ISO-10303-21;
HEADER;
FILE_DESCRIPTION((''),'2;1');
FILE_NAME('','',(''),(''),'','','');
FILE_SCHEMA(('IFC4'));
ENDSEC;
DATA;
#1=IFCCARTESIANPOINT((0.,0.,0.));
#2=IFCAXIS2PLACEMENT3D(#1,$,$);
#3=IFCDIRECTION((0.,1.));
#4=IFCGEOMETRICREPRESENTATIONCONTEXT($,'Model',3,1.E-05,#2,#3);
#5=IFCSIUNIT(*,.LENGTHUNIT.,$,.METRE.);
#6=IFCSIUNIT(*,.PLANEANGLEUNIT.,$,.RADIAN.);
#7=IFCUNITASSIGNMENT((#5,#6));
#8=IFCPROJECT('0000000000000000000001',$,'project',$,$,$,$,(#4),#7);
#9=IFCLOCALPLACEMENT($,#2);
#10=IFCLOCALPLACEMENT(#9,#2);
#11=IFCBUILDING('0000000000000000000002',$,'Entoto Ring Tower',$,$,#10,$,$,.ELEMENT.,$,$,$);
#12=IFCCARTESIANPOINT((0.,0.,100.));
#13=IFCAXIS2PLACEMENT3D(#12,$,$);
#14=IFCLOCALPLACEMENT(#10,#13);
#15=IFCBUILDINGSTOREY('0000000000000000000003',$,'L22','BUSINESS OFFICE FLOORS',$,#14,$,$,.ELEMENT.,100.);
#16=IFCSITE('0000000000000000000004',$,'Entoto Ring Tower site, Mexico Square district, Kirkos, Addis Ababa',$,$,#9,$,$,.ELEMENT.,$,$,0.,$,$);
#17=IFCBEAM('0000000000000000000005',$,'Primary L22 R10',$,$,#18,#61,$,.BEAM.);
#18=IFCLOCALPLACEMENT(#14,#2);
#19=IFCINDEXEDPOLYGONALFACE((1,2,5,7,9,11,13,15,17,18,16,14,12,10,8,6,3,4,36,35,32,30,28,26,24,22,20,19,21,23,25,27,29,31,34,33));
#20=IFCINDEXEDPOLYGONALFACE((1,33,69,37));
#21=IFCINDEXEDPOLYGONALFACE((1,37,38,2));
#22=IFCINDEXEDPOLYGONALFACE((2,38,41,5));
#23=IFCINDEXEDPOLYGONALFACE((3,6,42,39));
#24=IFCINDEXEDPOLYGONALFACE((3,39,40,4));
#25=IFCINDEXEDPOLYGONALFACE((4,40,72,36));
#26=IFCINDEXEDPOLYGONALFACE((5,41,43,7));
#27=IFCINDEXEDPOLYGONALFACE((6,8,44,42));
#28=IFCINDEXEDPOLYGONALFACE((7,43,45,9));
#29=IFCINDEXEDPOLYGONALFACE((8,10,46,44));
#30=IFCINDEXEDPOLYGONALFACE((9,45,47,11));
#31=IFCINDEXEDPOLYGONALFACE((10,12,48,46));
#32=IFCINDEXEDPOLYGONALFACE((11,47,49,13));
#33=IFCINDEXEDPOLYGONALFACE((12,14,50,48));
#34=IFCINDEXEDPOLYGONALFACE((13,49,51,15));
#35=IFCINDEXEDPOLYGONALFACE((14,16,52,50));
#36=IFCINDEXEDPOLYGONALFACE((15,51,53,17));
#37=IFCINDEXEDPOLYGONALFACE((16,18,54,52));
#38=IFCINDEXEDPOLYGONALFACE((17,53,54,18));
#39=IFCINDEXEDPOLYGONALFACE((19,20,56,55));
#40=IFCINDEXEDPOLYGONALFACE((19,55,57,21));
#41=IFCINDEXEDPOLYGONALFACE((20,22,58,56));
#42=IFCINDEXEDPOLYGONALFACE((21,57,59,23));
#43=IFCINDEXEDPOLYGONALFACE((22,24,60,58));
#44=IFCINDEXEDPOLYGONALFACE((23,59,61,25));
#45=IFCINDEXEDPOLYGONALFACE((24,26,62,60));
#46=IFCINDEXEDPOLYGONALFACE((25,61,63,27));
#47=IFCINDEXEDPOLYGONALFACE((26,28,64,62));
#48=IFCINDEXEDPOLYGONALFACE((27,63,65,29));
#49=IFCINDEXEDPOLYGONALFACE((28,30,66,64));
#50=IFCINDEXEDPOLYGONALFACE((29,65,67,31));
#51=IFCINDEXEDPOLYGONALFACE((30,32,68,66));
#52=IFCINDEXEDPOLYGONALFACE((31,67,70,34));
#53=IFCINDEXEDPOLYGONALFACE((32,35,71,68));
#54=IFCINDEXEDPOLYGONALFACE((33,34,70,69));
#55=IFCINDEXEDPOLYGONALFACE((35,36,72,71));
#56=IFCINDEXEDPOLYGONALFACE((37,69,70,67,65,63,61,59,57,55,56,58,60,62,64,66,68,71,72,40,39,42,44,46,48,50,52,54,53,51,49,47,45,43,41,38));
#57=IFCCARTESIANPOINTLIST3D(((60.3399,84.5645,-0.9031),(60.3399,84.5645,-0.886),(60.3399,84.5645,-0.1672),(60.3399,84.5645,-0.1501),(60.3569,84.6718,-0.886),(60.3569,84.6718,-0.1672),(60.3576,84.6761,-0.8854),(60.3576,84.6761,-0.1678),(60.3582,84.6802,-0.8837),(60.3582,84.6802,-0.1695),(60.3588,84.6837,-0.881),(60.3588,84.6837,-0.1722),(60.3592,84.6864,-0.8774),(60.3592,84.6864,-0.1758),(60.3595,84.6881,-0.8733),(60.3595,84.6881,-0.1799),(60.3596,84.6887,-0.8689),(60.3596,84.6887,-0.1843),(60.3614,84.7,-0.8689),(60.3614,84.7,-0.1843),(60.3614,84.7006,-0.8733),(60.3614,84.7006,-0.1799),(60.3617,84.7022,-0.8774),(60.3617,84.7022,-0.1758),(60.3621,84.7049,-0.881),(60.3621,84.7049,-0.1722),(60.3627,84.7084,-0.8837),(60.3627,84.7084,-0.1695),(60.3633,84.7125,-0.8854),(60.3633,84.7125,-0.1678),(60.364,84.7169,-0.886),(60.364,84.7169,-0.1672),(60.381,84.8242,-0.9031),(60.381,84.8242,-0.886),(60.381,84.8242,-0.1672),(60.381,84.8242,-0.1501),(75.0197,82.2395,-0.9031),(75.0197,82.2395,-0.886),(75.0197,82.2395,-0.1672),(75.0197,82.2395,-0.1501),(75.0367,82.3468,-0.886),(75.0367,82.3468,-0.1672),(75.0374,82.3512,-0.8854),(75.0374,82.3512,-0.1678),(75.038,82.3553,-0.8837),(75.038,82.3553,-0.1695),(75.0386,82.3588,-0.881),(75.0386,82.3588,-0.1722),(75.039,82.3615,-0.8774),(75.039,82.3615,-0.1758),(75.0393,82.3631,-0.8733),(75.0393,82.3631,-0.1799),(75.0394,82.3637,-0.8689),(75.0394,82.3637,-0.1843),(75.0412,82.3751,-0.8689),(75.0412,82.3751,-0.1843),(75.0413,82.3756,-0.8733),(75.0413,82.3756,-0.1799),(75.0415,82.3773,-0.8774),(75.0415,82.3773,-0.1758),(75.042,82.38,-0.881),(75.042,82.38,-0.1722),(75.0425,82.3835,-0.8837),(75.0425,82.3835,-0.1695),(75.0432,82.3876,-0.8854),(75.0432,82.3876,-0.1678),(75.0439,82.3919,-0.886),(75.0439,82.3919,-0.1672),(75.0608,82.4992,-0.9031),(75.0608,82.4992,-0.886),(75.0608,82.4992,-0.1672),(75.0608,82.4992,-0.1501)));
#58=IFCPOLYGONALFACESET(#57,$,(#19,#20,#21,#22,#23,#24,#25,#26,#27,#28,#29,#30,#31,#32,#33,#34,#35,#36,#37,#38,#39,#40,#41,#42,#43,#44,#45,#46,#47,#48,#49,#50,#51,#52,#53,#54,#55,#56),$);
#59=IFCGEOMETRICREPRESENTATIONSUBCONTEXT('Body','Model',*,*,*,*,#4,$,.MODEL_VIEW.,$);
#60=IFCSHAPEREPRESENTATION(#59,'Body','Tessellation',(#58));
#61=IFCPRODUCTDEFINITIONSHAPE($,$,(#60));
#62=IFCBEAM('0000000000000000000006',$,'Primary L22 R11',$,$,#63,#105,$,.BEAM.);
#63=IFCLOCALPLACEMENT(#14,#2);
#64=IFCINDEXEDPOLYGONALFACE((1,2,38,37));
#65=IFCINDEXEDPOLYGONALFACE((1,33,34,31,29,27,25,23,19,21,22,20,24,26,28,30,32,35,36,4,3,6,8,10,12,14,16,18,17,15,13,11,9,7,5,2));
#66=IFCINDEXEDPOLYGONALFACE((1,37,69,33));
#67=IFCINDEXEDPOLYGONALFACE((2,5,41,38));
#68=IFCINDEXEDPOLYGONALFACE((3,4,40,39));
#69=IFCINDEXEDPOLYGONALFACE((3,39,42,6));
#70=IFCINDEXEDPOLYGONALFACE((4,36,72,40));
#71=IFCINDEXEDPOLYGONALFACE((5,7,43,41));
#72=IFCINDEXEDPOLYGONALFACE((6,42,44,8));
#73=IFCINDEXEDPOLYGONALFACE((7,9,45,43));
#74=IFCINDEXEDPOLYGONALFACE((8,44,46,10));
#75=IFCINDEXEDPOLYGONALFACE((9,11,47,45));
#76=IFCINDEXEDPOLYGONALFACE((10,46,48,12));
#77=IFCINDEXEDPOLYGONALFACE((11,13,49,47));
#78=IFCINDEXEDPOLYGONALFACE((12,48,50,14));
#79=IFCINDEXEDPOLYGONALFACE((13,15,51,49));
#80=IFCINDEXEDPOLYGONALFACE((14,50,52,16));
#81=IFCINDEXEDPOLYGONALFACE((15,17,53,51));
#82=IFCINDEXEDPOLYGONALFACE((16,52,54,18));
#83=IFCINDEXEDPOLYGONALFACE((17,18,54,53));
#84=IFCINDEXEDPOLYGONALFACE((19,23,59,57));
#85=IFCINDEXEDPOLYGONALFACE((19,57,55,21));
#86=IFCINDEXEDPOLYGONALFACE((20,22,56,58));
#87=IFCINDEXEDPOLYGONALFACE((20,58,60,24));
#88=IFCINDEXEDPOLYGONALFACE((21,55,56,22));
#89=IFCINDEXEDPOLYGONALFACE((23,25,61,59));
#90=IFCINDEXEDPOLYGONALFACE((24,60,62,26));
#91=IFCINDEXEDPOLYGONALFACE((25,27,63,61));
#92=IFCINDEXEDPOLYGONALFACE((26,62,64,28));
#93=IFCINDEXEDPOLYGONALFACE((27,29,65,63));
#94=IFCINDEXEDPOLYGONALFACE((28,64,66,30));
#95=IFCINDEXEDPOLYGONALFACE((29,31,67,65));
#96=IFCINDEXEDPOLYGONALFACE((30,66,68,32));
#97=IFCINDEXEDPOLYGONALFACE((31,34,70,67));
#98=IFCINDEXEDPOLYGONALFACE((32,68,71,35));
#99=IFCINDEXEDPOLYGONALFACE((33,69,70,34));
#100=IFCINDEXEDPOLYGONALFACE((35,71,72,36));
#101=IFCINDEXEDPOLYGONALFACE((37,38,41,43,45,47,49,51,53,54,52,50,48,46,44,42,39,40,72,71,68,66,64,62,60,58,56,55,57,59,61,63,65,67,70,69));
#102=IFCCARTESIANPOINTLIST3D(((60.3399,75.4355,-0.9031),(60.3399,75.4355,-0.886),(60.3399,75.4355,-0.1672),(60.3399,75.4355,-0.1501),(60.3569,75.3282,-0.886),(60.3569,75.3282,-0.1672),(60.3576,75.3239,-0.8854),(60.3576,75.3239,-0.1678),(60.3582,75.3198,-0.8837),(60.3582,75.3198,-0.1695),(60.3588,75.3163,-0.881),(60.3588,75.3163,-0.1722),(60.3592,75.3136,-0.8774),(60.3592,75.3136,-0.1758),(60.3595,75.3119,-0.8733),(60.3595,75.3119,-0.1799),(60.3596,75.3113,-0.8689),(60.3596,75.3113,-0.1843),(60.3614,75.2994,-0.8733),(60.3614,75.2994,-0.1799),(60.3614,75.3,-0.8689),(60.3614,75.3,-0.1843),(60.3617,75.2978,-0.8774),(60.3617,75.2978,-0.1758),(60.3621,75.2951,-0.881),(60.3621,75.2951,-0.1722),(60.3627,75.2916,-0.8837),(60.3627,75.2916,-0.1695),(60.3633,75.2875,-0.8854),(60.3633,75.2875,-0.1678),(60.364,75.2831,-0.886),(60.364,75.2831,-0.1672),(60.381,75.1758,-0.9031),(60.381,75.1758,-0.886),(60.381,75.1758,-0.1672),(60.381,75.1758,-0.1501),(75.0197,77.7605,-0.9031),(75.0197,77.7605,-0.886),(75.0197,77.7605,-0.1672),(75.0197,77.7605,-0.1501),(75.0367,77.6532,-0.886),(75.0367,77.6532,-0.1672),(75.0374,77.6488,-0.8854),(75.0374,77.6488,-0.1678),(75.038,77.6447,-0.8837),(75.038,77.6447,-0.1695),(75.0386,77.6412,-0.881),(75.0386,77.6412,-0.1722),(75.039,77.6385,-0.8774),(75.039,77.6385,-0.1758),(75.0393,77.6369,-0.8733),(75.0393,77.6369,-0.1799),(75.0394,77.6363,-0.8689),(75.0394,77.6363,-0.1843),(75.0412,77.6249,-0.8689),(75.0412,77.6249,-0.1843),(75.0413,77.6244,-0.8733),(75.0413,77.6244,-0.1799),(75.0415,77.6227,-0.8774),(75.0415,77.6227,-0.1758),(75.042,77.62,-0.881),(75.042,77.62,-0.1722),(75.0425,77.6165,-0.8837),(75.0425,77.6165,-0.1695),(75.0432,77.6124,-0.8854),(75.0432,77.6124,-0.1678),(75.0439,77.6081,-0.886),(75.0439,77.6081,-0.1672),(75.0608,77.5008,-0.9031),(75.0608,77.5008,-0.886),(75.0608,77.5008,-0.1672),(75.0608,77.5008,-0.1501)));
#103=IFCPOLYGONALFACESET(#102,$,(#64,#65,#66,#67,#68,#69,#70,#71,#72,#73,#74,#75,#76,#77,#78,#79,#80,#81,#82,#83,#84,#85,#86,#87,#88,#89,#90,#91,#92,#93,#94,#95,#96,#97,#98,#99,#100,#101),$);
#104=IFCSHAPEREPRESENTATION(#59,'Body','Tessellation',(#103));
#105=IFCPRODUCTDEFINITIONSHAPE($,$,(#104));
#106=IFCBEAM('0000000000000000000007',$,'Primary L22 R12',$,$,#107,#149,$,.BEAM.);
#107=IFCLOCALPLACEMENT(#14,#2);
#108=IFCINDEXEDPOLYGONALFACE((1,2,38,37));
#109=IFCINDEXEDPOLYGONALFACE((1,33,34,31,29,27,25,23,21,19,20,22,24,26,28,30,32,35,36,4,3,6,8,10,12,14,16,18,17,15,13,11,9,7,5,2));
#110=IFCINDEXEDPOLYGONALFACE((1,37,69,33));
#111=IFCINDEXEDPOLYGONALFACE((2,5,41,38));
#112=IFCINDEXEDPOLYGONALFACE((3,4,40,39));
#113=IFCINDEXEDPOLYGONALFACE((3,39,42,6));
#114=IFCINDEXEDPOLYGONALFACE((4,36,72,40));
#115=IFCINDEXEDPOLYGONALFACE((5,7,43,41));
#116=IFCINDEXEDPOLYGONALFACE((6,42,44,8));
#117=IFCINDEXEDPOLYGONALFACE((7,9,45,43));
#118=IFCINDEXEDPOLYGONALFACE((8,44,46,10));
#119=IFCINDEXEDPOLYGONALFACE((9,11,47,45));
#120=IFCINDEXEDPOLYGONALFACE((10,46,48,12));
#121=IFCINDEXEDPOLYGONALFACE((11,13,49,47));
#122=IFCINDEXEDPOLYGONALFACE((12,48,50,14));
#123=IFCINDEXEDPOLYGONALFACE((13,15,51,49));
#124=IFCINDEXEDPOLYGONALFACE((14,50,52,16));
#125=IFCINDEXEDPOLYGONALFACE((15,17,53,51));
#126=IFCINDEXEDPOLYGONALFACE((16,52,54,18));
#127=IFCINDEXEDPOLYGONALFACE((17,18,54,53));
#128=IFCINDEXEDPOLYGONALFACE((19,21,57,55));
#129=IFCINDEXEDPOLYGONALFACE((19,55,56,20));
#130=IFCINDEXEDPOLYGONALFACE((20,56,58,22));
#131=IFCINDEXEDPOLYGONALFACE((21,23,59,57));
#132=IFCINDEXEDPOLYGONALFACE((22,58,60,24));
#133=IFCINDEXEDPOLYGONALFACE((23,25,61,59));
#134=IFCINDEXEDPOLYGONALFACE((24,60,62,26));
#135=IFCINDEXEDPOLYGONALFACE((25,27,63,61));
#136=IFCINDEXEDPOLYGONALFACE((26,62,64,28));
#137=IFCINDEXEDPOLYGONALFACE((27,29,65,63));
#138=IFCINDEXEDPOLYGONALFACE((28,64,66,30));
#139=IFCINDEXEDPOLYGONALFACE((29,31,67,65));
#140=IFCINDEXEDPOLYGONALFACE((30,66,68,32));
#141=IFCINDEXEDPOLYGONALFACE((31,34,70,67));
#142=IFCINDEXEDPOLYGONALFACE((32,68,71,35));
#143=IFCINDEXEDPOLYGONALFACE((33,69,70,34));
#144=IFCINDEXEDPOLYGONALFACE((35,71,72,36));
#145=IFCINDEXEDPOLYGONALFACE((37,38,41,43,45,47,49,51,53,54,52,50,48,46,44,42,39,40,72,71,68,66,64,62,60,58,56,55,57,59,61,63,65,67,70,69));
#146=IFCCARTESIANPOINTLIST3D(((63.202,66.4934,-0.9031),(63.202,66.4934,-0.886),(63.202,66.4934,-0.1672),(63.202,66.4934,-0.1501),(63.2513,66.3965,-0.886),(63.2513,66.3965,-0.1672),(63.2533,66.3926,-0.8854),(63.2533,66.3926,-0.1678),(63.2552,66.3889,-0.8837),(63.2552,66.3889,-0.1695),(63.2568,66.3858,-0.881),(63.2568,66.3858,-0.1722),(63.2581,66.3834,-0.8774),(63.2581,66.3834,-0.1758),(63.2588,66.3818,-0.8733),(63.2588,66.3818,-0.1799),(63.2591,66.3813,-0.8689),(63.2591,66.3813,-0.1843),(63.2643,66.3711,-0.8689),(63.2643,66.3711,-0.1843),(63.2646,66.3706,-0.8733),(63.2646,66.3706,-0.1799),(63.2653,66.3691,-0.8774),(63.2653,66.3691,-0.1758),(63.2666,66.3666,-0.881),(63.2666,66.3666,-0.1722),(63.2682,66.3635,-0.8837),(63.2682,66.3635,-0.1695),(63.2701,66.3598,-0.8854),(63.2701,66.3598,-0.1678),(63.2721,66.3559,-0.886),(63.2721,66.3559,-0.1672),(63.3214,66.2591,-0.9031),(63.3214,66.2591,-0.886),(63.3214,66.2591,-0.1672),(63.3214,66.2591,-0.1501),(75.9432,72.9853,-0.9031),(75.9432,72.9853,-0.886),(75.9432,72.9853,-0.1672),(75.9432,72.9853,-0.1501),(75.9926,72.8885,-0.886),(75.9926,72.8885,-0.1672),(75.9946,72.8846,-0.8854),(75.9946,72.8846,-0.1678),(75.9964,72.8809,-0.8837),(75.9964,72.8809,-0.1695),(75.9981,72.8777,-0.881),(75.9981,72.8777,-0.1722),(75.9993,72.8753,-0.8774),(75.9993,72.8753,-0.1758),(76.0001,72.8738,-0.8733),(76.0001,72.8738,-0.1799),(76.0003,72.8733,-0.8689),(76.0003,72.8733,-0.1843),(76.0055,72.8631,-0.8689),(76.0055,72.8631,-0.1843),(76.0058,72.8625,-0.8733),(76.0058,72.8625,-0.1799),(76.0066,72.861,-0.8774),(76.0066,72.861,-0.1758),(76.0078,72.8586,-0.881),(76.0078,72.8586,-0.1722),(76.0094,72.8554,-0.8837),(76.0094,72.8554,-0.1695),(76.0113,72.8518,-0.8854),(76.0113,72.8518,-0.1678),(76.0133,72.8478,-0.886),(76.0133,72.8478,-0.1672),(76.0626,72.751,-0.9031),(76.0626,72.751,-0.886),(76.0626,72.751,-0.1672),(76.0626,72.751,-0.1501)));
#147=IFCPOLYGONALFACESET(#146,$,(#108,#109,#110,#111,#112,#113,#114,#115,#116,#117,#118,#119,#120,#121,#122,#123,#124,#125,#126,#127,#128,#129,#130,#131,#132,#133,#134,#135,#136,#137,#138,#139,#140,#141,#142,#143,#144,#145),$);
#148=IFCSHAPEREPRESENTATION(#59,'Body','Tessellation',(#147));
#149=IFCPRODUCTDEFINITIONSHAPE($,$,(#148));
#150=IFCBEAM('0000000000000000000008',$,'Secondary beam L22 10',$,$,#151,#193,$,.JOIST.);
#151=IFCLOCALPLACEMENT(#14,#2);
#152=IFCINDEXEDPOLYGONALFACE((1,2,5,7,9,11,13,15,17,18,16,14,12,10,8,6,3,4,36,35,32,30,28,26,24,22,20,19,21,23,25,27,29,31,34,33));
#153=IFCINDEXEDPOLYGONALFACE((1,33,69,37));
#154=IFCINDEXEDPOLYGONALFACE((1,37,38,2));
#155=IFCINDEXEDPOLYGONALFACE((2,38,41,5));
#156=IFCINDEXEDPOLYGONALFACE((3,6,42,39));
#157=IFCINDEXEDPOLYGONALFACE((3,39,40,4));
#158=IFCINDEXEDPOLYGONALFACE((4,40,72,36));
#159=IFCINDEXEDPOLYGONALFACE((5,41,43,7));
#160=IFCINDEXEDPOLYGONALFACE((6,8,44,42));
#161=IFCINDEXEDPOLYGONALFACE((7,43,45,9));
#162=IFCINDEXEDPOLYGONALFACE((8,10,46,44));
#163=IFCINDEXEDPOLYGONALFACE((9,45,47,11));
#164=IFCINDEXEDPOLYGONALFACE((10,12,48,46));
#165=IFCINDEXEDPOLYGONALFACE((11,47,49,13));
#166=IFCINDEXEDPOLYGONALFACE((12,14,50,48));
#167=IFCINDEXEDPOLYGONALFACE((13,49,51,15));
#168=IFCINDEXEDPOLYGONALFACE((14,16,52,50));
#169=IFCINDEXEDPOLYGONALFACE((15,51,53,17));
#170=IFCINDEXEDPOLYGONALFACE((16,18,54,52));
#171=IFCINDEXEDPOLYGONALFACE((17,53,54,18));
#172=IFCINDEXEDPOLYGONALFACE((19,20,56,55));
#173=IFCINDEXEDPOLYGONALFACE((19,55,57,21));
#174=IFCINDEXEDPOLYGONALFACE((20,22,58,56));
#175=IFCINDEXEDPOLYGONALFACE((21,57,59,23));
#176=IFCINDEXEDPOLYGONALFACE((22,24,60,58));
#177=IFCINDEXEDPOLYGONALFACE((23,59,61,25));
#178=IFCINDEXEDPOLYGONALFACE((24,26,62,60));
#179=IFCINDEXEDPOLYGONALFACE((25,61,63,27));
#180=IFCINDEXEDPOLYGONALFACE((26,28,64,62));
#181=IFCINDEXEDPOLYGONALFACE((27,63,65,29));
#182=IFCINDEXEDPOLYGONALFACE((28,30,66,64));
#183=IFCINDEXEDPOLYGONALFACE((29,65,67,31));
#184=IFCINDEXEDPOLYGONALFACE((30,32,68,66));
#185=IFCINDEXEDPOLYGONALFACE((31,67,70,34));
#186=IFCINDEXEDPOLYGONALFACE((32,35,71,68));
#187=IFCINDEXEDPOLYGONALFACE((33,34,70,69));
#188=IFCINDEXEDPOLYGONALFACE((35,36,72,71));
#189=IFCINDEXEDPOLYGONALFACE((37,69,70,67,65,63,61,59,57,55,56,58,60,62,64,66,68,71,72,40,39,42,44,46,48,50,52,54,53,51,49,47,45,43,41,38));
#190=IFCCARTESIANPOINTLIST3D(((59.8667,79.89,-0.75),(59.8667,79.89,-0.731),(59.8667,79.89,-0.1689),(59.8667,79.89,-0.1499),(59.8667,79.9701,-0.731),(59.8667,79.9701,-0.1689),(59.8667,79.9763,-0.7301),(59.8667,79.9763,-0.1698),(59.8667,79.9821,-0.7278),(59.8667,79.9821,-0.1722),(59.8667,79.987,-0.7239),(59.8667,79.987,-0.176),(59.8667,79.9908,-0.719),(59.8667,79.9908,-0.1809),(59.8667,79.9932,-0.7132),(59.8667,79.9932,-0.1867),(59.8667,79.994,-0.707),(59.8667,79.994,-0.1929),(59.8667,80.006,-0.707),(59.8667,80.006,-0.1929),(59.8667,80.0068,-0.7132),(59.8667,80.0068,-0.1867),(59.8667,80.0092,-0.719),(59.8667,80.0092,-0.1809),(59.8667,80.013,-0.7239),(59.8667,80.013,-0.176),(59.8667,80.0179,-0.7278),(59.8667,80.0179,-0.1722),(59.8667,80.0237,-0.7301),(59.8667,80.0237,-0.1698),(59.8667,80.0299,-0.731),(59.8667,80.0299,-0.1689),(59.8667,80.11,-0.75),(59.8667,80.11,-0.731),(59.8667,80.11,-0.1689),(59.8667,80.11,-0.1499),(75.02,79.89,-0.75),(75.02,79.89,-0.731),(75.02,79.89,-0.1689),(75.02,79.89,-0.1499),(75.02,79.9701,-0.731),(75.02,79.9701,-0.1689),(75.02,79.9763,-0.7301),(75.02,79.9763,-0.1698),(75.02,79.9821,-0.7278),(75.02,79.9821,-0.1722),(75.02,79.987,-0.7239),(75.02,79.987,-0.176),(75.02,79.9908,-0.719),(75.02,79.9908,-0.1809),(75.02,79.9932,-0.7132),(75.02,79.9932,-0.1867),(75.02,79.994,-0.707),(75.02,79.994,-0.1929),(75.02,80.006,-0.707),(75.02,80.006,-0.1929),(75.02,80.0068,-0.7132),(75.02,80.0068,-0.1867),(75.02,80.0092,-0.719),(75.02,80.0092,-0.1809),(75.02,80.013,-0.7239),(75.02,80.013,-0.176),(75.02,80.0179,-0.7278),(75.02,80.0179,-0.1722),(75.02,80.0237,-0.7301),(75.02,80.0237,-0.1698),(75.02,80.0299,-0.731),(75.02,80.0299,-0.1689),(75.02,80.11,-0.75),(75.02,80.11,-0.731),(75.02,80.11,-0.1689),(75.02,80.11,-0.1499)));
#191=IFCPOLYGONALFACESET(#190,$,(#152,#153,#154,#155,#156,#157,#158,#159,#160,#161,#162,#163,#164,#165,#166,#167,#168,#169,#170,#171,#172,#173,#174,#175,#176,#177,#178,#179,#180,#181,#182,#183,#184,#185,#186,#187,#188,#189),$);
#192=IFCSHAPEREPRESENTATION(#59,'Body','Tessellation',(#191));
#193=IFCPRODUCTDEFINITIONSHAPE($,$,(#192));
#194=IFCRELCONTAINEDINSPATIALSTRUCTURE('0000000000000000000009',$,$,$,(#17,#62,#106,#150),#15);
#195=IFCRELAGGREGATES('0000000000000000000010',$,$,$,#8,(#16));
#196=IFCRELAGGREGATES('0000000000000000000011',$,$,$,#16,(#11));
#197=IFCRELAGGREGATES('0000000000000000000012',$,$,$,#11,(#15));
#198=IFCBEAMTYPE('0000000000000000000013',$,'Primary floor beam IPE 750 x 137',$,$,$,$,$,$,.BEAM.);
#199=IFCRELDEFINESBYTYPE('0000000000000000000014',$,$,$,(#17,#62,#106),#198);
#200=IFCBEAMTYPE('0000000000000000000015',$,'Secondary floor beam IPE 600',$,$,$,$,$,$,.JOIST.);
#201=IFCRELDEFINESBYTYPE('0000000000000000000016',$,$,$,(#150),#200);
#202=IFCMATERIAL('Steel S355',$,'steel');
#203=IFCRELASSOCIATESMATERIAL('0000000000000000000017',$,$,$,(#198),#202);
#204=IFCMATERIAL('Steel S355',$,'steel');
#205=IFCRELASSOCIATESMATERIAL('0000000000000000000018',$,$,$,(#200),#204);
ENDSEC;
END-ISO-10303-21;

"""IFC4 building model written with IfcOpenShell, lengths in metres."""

from ifc_helpers import new_model, si_unit, direction, frame, origin, origin_2d, place, context, subcontext, project, spatial, i_section, extrude, material, material_profile, profile_set, type_object, element, save


model = new_model("IFC4")

# Units and contexts
model_context = context("Model", 3, precision=1e-05, world=origin(), true_north=direction((0.0, 1.0)))
body_context = subcontext(model_context, "Body", "Model", "MODEL_VIEW")
ifc_project = project(units=[si_unit("LENGTHUNIT", "METRE"), si_unit("PLANEANGLEUNIT", "RADIAN")], contexts=[model_context])

# Site, building, storey
site_placement = place(None, origin())
site = spatial("IfcSite", under=ifc_project, at=site_placement, Name="Entoto Ring Tower site, Mexico Square district, Kirkos, Addis Ababa", CompositionType="ELEMENT", RefElevation=0.0)
building_placement = place(site_placement, origin())
building = spatial("IfcBuilding", under=site, at=building_placement, Name="Entoto Ring Tower", CompositionType="ELEMENT")
storey_placement = place(building_placement, frame((0.0, 0.0, 100.0)))
storey = spatial("IfcBuildingStorey", under=building, at=storey_placement, Name="L22", Description="BUSINESS OFFICE FLOORS", CompositionType="ELEMENT", Elevation=100.0)

# Beams
ifc_material_1 = material(Name="Steel S355", Category="steel")
ifc_material_profile_1 = material_profile(ifc_material_1, i_section(OverallWidth=0.2629, OverallDepth=0.7529, WebThickness=0.0115, FlangeThickness=0.0171, FilletRadius=0.0171, at=origin_2d()), Name="IPE 750 x 137")
ifc_profile_set_1 = profile_set([ifc_material_profile_1], Name="Steel S355")
beam_type_1 = type_object("IfcBeamType", Name="Primary floor beam IPE 750 x 137", PredefinedType="BEAM", material=ifc_profile_set_1)
for number, where, z_axis, x_axis, name in (
    (1, (75.0403, 82.3694, -0.5266), (-0.98769, 0.156426, 0.0), (-0.156426, -0.98769, 0.0), "Primary L22 R10"),
    (2, (75.0403, 77.6306, -0.5266), (-0.98769, -0.156426, 0.0), (0.156426, -0.98769, 0.0), "Primary L22 R11"),
):
    element("IfcBeam", number, at=place(storey_placement, frame(where, z_axis=z_axis, x_axis=x_axis)), inside=storey, type_object=beam_type_1, Name=name, PredefinedType="BEAM", context=body_context, shape_type="SweptSolid", body=[
        extrude(i_section(OverallWidth=0.2629, OverallDepth=0.7529, WebThickness=0.0115, FlangeThickness=0.0171, FilletRadius=0.0171, at=origin_2d()), origin(), (0.0, 0.0, 1.0), 14.8628),
    ])
beam_1_placement = place(storey_placement, frame((76.0029, 72.8682, -0.5266), z_axis=(-0.891007, -0.453989, 0.0), x_axis=(0.453989, -0.891007, 0.0)))
element("IfcBeam", 3, at=beam_1_placement, inside=storey, type_object=beam_type_1, Name="Primary L22 R12", PredefinedType="BEAM", context=body_context, shape_type="SweptSolid", body=[
    extrude(i_section(OverallWidth=0.2629, OverallDepth=0.7529, WebThickness=0.0115, FlangeThickness=0.0171, FilletRadius=0.0171, at=origin_2d()), origin(), (0.0, 0.0, 1.0), 14.2998),
])
ifc_material_2 = material(Name="Steel S355", Category="steel")
ifc_material_profile_2 = material_profile(ifc_material_2, i_section(OverallWidth=0.22, OverallDepth=0.6001, WebThickness=0.012, FlangeThickness=0.019, FilletRadius=0.0239, at=origin_2d()), Name="IPE 600")
ifc_profile_set_2 = profile_set([ifc_material_profile_2], Name="Steel S355")
beam_type_2 = type_object("IfcBeamType", Name="Secondary floor beam IPE 600", PredefinedType="JOIST", material=ifc_profile_set_2)
beam_2_placement = place(storey_placement, frame((75.02, 80.0, -0.45), z_axis=(-1.0, 0.0, 0.0), x_axis=(0.0, -1.0, 0.0)))
element("IfcBeam", 4, at=beam_2_placement, inside=storey, type_object=beam_type_2, Name="Secondary beam L22 10", PredefinedType="JOIST", context=body_context, shape_type="SweptSolid", body=[
    extrude(i_section(OverallWidth=0.22, OverallDepth=0.6001, WebThickness=0.012, FlangeThickness=0.019, FilletRadius=0.0239, at=origin_2d()), origin(), (0.0, 0.0, 1.0), 15.1533),
])

save(model, "model.ifc")
